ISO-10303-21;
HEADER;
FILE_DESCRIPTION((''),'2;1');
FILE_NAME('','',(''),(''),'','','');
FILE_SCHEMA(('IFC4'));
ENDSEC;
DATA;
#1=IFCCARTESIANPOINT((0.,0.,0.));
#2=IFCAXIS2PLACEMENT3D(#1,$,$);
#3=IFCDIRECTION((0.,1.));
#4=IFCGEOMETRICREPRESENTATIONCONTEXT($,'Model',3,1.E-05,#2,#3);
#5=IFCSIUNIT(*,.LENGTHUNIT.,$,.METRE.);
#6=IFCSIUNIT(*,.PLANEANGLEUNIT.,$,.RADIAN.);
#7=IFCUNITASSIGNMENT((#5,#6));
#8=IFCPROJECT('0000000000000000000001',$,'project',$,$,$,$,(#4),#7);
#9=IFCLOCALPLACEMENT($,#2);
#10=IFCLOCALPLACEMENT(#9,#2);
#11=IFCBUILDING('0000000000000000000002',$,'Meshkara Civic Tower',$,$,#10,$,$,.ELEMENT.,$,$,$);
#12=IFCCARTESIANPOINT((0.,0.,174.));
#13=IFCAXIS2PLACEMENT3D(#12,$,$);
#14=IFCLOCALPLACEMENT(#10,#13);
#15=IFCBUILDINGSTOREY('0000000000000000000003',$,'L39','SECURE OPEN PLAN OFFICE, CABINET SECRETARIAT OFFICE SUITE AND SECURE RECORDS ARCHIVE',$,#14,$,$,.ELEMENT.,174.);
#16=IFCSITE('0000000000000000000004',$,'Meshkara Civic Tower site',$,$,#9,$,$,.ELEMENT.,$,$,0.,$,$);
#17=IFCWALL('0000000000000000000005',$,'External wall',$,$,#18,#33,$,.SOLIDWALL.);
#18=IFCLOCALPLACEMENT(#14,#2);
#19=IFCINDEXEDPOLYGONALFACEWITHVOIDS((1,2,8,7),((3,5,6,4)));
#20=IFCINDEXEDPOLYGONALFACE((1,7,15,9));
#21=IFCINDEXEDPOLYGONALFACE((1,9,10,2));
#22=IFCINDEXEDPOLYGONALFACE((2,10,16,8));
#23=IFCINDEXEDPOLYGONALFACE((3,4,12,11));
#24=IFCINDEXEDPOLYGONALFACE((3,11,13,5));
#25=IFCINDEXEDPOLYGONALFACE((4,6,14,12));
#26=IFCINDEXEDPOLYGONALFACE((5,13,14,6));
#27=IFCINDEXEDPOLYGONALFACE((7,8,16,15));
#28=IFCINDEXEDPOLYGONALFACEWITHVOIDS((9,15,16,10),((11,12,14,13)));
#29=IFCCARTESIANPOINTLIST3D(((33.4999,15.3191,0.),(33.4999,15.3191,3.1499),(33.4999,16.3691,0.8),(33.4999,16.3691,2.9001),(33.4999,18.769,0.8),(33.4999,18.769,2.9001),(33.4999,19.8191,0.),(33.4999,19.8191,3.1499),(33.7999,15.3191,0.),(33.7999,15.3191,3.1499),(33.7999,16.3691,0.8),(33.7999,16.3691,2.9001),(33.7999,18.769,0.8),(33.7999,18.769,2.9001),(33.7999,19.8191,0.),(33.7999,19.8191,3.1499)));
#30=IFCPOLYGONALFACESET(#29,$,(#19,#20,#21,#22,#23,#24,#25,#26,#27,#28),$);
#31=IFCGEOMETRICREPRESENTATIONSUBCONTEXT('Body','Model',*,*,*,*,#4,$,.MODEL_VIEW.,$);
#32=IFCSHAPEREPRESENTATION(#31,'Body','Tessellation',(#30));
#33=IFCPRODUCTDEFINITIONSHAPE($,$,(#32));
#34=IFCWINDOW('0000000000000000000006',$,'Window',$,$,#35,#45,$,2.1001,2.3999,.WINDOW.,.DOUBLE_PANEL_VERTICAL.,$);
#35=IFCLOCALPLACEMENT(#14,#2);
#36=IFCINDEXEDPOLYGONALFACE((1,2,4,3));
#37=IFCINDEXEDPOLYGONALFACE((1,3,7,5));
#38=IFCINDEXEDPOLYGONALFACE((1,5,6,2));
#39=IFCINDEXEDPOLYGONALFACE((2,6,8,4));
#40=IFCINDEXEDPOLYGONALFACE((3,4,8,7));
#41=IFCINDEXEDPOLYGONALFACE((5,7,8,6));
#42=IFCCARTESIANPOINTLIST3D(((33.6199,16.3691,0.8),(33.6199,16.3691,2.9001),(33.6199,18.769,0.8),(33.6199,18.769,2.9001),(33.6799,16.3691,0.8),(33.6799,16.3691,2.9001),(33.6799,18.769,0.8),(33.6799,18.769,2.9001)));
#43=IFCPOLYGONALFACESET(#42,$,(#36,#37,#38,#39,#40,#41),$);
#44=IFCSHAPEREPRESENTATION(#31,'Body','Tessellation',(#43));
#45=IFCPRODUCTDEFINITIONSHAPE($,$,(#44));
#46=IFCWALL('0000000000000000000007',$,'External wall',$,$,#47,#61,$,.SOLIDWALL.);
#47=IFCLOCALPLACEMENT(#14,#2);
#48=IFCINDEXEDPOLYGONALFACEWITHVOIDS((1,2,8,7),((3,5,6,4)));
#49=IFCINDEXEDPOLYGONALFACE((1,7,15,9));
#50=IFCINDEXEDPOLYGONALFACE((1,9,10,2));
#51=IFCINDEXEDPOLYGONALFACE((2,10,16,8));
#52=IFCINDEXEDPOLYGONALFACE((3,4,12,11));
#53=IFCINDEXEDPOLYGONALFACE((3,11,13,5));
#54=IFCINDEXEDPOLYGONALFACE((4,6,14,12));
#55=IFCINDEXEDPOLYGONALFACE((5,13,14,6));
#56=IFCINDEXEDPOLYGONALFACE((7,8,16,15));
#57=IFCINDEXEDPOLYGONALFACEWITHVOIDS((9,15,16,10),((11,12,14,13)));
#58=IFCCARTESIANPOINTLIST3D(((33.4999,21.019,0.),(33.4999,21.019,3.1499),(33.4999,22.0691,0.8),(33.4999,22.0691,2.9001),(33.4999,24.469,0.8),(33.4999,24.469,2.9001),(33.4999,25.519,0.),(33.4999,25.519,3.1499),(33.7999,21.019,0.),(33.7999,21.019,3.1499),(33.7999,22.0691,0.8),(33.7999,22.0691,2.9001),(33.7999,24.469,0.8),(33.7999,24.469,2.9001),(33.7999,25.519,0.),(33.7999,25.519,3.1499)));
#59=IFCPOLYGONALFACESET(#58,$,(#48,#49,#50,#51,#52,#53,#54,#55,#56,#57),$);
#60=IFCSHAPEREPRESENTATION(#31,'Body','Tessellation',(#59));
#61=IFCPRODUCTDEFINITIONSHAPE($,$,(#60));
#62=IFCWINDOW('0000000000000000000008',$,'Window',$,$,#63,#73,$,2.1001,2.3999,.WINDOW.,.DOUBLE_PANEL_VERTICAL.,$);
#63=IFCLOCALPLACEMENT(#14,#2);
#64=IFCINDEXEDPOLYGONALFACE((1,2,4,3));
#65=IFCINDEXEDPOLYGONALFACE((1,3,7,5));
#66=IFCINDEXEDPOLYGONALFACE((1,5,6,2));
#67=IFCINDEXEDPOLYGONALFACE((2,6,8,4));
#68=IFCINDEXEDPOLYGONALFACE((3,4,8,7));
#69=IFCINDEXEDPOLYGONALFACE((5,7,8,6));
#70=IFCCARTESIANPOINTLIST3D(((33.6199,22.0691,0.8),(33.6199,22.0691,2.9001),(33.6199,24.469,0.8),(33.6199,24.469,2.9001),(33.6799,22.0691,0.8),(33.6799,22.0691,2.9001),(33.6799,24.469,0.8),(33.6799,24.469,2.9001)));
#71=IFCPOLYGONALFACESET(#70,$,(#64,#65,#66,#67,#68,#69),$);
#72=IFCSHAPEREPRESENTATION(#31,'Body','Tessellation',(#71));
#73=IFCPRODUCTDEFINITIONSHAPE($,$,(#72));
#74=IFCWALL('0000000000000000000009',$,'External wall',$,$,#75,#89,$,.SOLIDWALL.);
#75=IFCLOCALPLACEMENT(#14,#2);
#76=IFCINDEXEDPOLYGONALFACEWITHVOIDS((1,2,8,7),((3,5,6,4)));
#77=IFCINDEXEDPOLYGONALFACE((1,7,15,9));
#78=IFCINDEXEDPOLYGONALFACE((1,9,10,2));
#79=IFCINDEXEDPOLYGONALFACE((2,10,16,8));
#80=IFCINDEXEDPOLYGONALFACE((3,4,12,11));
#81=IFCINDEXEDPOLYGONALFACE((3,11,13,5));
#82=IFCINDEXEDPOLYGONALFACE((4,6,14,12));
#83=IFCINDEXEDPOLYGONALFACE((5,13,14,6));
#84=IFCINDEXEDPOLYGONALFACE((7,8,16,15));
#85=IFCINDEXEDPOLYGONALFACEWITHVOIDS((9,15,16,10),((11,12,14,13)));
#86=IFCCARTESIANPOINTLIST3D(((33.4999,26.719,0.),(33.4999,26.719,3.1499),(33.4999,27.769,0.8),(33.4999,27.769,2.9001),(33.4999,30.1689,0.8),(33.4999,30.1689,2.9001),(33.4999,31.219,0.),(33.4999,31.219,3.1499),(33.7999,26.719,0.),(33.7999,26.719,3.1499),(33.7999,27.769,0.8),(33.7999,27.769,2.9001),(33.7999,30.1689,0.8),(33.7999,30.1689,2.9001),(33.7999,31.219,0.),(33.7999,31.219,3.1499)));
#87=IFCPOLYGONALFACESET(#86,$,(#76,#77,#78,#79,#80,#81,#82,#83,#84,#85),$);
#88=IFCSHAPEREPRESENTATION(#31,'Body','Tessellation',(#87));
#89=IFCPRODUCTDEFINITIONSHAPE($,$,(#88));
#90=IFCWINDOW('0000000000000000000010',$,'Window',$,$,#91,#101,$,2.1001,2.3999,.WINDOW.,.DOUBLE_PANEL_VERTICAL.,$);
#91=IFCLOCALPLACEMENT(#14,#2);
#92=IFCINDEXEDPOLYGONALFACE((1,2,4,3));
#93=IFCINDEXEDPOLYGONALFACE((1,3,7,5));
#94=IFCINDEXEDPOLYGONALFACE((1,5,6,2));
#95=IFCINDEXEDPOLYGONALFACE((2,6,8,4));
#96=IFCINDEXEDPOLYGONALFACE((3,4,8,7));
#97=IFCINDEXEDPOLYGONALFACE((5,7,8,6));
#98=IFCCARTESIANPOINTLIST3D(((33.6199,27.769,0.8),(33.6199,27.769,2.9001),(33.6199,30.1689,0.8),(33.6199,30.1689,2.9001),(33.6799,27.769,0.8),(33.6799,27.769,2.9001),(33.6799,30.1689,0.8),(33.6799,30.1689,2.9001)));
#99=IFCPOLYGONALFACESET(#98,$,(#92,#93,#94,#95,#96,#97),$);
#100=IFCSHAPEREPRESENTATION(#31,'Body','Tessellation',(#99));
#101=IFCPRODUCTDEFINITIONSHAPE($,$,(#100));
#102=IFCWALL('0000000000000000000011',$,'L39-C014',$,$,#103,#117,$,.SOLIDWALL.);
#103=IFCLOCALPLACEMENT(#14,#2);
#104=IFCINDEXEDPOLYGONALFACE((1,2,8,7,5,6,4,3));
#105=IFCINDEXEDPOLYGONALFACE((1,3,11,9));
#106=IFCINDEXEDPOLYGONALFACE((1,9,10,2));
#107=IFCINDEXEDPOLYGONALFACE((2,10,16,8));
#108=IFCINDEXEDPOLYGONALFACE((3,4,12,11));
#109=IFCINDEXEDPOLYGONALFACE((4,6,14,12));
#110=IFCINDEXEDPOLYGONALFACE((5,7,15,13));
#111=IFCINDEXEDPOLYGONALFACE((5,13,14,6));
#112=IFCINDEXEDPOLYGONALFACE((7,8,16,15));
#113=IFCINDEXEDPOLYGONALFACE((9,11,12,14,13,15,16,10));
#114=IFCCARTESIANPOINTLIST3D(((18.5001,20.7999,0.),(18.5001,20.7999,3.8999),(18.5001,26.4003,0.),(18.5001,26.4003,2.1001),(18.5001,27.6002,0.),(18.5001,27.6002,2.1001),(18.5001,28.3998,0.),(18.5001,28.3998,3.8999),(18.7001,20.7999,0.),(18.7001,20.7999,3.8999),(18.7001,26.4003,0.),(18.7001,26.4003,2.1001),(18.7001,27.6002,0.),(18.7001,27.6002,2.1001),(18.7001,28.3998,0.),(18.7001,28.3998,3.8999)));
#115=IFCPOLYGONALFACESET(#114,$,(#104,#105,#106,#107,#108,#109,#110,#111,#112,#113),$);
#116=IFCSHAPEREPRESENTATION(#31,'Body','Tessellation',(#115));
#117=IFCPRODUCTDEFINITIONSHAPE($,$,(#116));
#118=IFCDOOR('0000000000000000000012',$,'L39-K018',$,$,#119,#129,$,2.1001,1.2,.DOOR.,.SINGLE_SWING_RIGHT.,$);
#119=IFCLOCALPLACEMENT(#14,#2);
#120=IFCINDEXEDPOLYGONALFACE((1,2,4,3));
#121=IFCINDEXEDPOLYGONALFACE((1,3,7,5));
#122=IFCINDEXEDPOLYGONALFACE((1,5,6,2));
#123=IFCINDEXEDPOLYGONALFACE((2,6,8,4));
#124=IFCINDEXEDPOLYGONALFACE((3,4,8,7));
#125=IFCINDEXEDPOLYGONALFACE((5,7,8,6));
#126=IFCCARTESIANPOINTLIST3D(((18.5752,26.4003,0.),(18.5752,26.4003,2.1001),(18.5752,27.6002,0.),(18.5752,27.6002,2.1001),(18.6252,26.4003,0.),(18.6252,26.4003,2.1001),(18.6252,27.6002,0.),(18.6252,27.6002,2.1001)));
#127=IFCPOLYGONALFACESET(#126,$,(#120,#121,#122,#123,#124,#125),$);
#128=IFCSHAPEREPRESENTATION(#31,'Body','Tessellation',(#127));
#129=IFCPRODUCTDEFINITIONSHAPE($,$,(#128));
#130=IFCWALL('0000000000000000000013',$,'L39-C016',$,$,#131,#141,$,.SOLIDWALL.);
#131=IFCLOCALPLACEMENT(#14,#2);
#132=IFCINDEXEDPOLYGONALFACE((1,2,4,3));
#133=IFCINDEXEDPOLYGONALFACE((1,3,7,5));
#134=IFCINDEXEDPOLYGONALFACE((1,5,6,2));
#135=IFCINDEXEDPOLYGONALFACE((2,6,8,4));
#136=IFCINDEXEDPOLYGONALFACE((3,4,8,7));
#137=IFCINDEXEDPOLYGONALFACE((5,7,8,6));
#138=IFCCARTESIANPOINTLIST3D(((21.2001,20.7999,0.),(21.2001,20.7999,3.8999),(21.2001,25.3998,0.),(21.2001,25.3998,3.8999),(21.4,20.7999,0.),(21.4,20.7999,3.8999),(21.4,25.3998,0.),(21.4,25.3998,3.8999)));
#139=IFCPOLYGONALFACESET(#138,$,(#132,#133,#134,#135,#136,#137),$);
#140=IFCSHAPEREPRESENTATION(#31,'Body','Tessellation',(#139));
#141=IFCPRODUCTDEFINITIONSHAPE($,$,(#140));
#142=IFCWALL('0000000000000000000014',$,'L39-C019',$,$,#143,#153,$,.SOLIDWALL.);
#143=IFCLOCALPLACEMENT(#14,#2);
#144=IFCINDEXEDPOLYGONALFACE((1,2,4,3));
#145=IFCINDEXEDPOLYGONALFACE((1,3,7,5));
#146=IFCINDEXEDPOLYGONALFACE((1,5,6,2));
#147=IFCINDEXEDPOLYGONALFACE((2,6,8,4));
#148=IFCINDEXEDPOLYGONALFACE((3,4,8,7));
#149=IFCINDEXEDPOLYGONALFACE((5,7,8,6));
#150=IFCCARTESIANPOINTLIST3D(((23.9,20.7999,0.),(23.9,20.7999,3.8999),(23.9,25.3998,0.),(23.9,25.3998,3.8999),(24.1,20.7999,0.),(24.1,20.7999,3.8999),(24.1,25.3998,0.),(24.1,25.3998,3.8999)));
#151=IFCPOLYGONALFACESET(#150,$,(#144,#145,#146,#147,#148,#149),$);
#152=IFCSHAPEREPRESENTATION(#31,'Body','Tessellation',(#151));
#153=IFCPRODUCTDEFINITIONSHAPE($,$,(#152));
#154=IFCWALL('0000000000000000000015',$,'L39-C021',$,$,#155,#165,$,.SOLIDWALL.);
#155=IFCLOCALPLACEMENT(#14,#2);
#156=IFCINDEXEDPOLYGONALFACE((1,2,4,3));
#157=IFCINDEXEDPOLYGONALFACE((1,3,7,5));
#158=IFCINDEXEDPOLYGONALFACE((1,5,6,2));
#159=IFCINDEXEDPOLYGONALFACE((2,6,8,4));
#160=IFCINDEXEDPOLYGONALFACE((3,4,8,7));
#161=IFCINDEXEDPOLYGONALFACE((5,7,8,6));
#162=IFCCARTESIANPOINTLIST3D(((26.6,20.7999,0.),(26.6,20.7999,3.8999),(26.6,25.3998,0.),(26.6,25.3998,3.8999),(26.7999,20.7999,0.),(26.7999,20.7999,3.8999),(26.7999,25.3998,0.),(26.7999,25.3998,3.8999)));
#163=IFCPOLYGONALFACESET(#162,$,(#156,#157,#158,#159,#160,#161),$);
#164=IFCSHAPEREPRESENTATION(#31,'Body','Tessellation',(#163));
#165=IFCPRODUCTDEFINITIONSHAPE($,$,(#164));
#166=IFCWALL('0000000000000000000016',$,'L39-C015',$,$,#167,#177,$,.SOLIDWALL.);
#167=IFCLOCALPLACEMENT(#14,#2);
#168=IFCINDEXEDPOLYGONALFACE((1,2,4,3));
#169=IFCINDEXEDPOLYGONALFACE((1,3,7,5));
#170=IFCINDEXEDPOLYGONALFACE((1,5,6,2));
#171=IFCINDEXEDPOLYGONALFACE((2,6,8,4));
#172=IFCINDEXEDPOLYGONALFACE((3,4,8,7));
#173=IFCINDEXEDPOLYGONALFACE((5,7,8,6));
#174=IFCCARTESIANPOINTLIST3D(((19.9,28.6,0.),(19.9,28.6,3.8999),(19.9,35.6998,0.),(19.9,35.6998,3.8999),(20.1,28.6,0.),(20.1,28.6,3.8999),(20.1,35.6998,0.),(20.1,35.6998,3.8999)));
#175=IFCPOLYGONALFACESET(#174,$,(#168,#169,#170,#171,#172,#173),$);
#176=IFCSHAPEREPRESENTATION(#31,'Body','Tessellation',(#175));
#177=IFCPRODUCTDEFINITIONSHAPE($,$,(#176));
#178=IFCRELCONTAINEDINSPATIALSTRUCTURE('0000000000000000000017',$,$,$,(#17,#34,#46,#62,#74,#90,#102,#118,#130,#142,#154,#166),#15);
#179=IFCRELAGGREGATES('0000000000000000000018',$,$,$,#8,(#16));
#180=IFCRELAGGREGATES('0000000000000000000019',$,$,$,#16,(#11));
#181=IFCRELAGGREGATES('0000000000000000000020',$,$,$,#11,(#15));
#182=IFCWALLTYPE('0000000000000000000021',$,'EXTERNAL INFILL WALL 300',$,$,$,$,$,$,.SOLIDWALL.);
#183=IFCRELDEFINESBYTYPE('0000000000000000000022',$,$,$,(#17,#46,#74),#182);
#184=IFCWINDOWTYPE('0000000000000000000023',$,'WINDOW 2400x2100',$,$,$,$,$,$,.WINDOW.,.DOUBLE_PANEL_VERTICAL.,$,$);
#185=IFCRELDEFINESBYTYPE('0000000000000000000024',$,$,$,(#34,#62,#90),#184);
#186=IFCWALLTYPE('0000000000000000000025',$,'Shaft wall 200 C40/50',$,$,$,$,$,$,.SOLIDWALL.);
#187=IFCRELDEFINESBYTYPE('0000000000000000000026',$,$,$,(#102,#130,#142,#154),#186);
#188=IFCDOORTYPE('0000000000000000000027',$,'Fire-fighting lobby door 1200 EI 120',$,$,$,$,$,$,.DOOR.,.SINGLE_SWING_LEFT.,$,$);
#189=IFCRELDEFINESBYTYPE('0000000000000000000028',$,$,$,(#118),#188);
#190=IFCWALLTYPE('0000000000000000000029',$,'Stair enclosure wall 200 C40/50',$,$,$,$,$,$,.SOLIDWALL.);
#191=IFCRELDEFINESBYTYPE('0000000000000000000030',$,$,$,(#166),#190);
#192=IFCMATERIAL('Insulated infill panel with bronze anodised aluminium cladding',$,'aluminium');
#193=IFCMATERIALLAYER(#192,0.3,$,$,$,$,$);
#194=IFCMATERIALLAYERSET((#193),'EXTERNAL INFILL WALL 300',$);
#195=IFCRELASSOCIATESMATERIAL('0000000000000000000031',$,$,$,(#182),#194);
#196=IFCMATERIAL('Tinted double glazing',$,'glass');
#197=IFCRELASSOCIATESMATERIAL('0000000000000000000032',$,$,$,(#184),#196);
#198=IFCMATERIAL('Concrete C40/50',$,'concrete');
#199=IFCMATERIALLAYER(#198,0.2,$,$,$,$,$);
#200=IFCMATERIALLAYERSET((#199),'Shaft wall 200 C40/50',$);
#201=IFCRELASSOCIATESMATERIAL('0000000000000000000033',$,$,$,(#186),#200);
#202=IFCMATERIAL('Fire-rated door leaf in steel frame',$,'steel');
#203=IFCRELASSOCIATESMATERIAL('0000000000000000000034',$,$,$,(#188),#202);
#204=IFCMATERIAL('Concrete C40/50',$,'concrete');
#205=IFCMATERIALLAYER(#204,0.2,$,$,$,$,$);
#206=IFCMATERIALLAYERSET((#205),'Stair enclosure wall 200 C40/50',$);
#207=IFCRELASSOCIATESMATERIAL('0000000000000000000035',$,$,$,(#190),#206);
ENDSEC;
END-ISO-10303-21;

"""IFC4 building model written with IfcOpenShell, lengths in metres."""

from ifc_helpers import new_model, si_unit, direction, frame, frame_2d, origin, place, context, subcontext, project, spatial, rectangle, extrude, material, layer, layer_set, type_object, element, fill, save


model = new_model("IFC4")

# Units and contexts
model_context = context("Model", 3, precision=1e-05, world=origin(), true_north=direction((0.0, 1.0)))
body_context = subcontext(model_context, "Body", "Model", "MODEL_VIEW")
ifc_project = project(units=[si_unit("LENGTHUNIT", "METRE"), si_unit("PLANEANGLEUNIT", "RADIAN")], contexts=[model_context])

# Site, building, storey
site_placement = place(None, origin())
site = spatial("IfcSite", under=ifc_project, at=site_placement, Name="Meshkara Civic Tower site", CompositionType="ELEMENT", RefElevation=0.0)
building_placement = place(site_placement, origin())
building = spatial("IfcBuilding", under=site, at=building_placement, Name="Meshkara Civic Tower", CompositionType="ELEMENT")
storey_placement = place(building_placement, frame((0.0, 0.0, 174.0)))
storey = spatial("IfcBuildingStorey", under=building, at=storey_placement, Name="L39", Description="SECURE OPEN PLAN OFFICE, CABINET SECRETARIAT OFFICE SUITE AND SECURE RECORDS ARCHIVE", CompositionType="ELEMENT", Elevation=174.0)

# Walls, openings, windows
ifc_material_1 = material(Name="Insulated infill panel with bronze anodised aluminium cladding", Category="aluminium")
ifc_layer_1 = layer(ifc_material_1, 0.3)
ifc_layer_set_1 = layer_set([ifc_layer_1], Name="EXTERNAL INFILL WALL 300")
wall_type_1 = type_object("IfcWallType", Name="EXTERNAL INFILL WALL 300", PredefinedType="SOLIDWALL", material=ifc_layer_set_1)
ifc_material_2 = material(Name="Tinted double glazing", Category="glass")
window_type = type_object("IfcWindowType", Name="WINDOW 2400x2100", PartitioningType="DOUBLE_PANEL_VERTICAL", PredefinedType="WINDOW", material=ifc_material_2)
wall_1_placement = place(storey_placement, frame((33.6499, 15.3191, 0.0), z_axis=(0.0, 0.0, 1.0), x_axis=(0.0, 1.0, 0.0)))
wall_1 = element("IfcWall", 1, at=wall_1_placement, inside=storey, type_object=wall_type_1, Name="External wall", PredefinedType="SOLIDWALL", context=body_context, shape_type="SweptSolid", body=[
    extrude(rectangle(XDim=4.5, YDim=0.3, at=frame_2d((2.25, 0.0))), origin(), (0.0, 0.0, 1.0), 3.1499),
])
opening_1_placement = place(wall_1_placement, frame((1.05, 0.0, 0.8)))
opening_1 = element("IfcOpeningElement", 2, at=opening_1_placement, cuts=wall_1, PredefinedType="OPENING", context=body_context, shape_type="SweptSolid", body=[
    extrude(rectangle(XDim=2.3999, YDim=2.1001, at=frame_2d((1.2, 1.05))), frame((0.0, 0.1599, 0.0), z_axis=(0.0, -1.0, 0.0), x_axis=(1.0, 0.0, 0.0)), (0.0, 0.0, 1.0), 0.3201),
])
window_1_placement = place(opening_1_placement, origin())
window_1 = element("IfcWindow", 3, at=window_1_placement, inside=storey, type_object=window_type, Name="Window", OverallHeight=2.1001, OverallWidth=2.3999, PartitioningType="DOUBLE_PANEL_VERTICAL", PredefinedType="WINDOW", context=body_context, shape_type="SweptSolid", body=[
    extrude(rectangle(XDim=2.3999, YDim=2.1001, at=frame_2d((1.2, 1.05))), frame((0.0, 0.03, 0.0), z_axis=(0.0, -1.0, 0.0), x_axis=(1.0, 0.0, 0.0)), (0.0, 0.0, 1.0), 0.0601),
])
fill(opening_1, window_1)
wall_2_placement = place(storey_placement, frame((33.6499, 21.019, 0.0), z_axis=(0.0, 0.0, 1.0), x_axis=(0.0, 1.0, 0.0)))
wall_2 = element("IfcWall", 4, at=wall_2_placement, inside=storey, type_object=wall_type_1, Name="External wall", PredefinedType="SOLIDWALL", context=body_context, shape_type="SweptSolid", body=[
    extrude(rectangle(XDim=4.5, YDim=0.3, at=frame_2d((2.25, 0.0))), origin(), (0.0, 0.0, 1.0), 3.1499),
])
opening_2_placement = place(wall_2_placement, frame((1.05, 0.0, 0.8)))
opening_2 = element("IfcOpeningElement", 5, at=opening_2_placement, cuts=wall_2, PredefinedType="OPENING", context=body_context, shape_type="SweptSolid", body=[
    extrude(rectangle(XDim=2.3999, YDim=2.1001, at=frame_2d((1.2, 1.05))), frame((0.0, 0.1599, 0.0), z_axis=(0.0, -1.0, 0.0), x_axis=(1.0, 0.0, 0.0)), (0.0, 0.0, 1.0), 0.3201),
])
window_2_placement = place(opening_2_placement, origin())
window_2 = element("IfcWindow", 6, at=window_2_placement, inside=storey, type_object=window_type, Name="Window", OverallHeight=2.1001, OverallWidth=2.3999, PartitioningType="DOUBLE_PANEL_VERTICAL", PredefinedType="WINDOW", context=body_context, shape_type="SweptSolid", body=[
    extrude(rectangle(XDim=2.3999, YDim=2.1001, at=frame_2d((1.2, 1.05))), frame((0.0, 0.03, 0.0), z_axis=(0.0, -1.0, 0.0), x_axis=(1.0, 0.0, 0.0)), (0.0, 0.0, 1.0), 0.0601),
])
fill(opening_2, window_2)
wall_3_placement = place(storey_placement, frame((33.6499, 26.719, 0.0), z_axis=(0.0, 0.0, 1.0), x_axis=(0.0, 1.0, 0.0)))
wall_3 = element("IfcWall", 7, at=wall_3_placement, inside=storey, type_object=wall_type_1, Name="External wall", PredefinedType="SOLIDWALL", context=body_context, shape_type="SweptSolid", body=[
    extrude(rectangle(XDim=4.5, YDim=0.3, at=frame_2d((2.25, 0.0))), origin(), (0.0, 0.0, 1.0), 3.1499),
])
opening_3_placement = place(wall_3_placement, frame((1.05, 0.0, 0.8)))
opening_3 = element("IfcOpeningElement", 8, at=opening_3_placement, cuts=wall_3, PredefinedType="OPENING", context=body_context, shape_type="SweptSolid", body=[
    extrude(rectangle(XDim=2.3999, YDim=2.1001, at=frame_2d((1.2, 1.05))), frame((0.0, 0.1599, 0.0), z_axis=(0.0, -1.0, 0.0), x_axis=(1.0, 0.0, 0.0)), (0.0, 0.0, 1.0), 0.3201),
])
window_3_placement = place(opening_3_placement, origin())
window_3 = element("IfcWindow", 9, at=window_3_placement, inside=storey, type_object=window_type, Name="Window", OverallHeight=2.1001, OverallWidth=2.3999, PartitioningType="DOUBLE_PANEL_VERTICAL", PredefinedType="WINDOW", context=body_context, shape_type="SweptSolid", body=[
    extrude(rectangle(XDim=2.3999, YDim=2.1001, at=frame_2d((1.2, 1.05))), frame((0.0, 0.03, 0.0), z_axis=(0.0, -1.0, 0.0), x_axis=(1.0, 0.0, 0.0)), (0.0, 0.0, 1.0), 0.0601),
])
fill(opening_3, window_3)

# Wall, opening, door
ifc_material_3 = material(Name="Concrete C40/50", Category="concrete")
ifc_layer_2 = layer(ifc_material_3, 0.2)
ifc_layer_set_2 = layer_set([ifc_layer_2], Name="Shaft wall 200 C40/50")
wall_type_2 = type_object("IfcWallType", Name="Shaft wall 200 C40/50", PredefinedType="SOLIDWALL", material=ifc_layer_set_2)
wall_4_placement = place(storey_placement, frame((18.6001, 20.8, 0.0), z_axis=(0.0, 0.0, 1.0), x_axis=(0.0, 1.0, 0.0)))
wall_4 = element("IfcWall", 10, at=wall_4_placement, inside=storey, type_object=wall_type_2, Name="L39-C014", PredefinedType="SOLIDWALL", context=body_context, shape_type="SweptSolid", body=[
    extrude(rectangle(XDim=7.5999, YDim=0.2, at=frame_2d((3.7998, 0.0))), origin(), (0.0, 0.0, 1.0), 3.8999),
])
opening_4_placement = place(wall_4_placement, frame((5.6001, 0.0, 0.0)))
opening_4 = element("IfcOpeningElement", 11, at=opening_4_placement, cuts=wall_4, PredefinedType="OPENING", context=body_context, shape_type="SweptSolid", body=[
    extrude(rectangle(XDim=1.2, YDim=2.1001, at=frame_2d((0.6001, 1.05))), frame((0.0, 0.1099, 0.0), z_axis=(0.0, -1.0, 0.0), x_axis=(1.0, 0.0, 0.0)), (0.0, 0.0, 1.0), 0.22),
])
ifc_material_4 = material(Name="Fire-rated door leaf in steel frame", Category="steel")
door_type = type_object("IfcDoorType", Name="Fire-fighting lobby door 1200 EI 120", OperationType="SINGLE_SWING_LEFT", PredefinedType="DOOR", material=ifc_material_4)
door_placement = place(opening_4_placement, origin())
door = element("IfcDoor", 12, at=door_placement, inside=storey, type_object=door_type, Name="L39-K018", OperationType="SINGLE_SWING_RIGHT", OverallHeight=2.1001, OverallWidth=1.2, PredefinedType="DOOR", context=body_context, shape_type="SweptSolid", body=[
    extrude(rectangle(XDim=1.2, YDim=2.1001, at=frame_2d((0.6001, 1.05))), frame((0.0, 0.0249, 0.0), z_axis=(0.0, -1.0, 0.0), x_axis=(1.0, 0.0, 0.0)), (0.0, 0.0, 1.0), 0.05),
])
fill(opening_4, door)

# Walls
for number, where, z_axis, x_axis, name in (
    (13, (21.3, 20.8, 0.0), (0.0, 0.0, 1.0), (0.0, 1.0, 0.0), "L39-C016"),
    (14, (24.0, 20.8, 0.0), (0.0, 0.0, 1.0), (0.0, 1.0, 0.0), "L39-C019"),
    (15, (26.7, 20.8, 0.0), (0.0, 0.0, 1.0), (0.0, 1.0, 0.0), "L39-C021"),
):
    element("IfcWall", number, at=place(storey_placement, frame(where, z_axis=z_axis, x_axis=x_axis)), inside=storey, type_object=wall_type_2, Name=name, PredefinedType="SOLIDWALL", context=body_context, shape_type="SweptSolid", body=[
        extrude(rectangle(XDim=4.5999, YDim=0.2, at=frame_2d((2.2998, 0.0))), origin(), (0.0, 0.0, 1.0), 3.8999),
    ])
ifc_material_5 = material(Name="Concrete C40/50", Category="concrete")
ifc_layer_3 = layer(ifc_material_5, 0.2)
ifc_layer_set_3 = layer_set([ifc_layer_3], Name="Stair enclosure wall 200 C40/50")
wall_type_3 = type_object("IfcWallType", Name="Stair enclosure wall 200 C40/50", PredefinedType="SOLIDWALL", material=ifc_layer_set_3)
wall_5_placement = place(storey_placement, frame((20.0, 28.6001, 0.0), z_axis=(0.0, 0.0, 1.0), x_axis=(0.0, 1.0, 0.0)))
element("IfcWall", 16, at=wall_5_placement, inside=storey, type_object=wall_type_3, Name="L39-C015", PredefinedType="SOLIDWALL", context=body_context, shape_type="SweptSolid", body=[
    extrude(rectangle(XDim=7.0999, YDim=0.2, at=frame_2d((3.5498, 0.0))), origin(), (0.0, 0.0, 1.0), 3.8999),
])

save(model, "model.ifc")
